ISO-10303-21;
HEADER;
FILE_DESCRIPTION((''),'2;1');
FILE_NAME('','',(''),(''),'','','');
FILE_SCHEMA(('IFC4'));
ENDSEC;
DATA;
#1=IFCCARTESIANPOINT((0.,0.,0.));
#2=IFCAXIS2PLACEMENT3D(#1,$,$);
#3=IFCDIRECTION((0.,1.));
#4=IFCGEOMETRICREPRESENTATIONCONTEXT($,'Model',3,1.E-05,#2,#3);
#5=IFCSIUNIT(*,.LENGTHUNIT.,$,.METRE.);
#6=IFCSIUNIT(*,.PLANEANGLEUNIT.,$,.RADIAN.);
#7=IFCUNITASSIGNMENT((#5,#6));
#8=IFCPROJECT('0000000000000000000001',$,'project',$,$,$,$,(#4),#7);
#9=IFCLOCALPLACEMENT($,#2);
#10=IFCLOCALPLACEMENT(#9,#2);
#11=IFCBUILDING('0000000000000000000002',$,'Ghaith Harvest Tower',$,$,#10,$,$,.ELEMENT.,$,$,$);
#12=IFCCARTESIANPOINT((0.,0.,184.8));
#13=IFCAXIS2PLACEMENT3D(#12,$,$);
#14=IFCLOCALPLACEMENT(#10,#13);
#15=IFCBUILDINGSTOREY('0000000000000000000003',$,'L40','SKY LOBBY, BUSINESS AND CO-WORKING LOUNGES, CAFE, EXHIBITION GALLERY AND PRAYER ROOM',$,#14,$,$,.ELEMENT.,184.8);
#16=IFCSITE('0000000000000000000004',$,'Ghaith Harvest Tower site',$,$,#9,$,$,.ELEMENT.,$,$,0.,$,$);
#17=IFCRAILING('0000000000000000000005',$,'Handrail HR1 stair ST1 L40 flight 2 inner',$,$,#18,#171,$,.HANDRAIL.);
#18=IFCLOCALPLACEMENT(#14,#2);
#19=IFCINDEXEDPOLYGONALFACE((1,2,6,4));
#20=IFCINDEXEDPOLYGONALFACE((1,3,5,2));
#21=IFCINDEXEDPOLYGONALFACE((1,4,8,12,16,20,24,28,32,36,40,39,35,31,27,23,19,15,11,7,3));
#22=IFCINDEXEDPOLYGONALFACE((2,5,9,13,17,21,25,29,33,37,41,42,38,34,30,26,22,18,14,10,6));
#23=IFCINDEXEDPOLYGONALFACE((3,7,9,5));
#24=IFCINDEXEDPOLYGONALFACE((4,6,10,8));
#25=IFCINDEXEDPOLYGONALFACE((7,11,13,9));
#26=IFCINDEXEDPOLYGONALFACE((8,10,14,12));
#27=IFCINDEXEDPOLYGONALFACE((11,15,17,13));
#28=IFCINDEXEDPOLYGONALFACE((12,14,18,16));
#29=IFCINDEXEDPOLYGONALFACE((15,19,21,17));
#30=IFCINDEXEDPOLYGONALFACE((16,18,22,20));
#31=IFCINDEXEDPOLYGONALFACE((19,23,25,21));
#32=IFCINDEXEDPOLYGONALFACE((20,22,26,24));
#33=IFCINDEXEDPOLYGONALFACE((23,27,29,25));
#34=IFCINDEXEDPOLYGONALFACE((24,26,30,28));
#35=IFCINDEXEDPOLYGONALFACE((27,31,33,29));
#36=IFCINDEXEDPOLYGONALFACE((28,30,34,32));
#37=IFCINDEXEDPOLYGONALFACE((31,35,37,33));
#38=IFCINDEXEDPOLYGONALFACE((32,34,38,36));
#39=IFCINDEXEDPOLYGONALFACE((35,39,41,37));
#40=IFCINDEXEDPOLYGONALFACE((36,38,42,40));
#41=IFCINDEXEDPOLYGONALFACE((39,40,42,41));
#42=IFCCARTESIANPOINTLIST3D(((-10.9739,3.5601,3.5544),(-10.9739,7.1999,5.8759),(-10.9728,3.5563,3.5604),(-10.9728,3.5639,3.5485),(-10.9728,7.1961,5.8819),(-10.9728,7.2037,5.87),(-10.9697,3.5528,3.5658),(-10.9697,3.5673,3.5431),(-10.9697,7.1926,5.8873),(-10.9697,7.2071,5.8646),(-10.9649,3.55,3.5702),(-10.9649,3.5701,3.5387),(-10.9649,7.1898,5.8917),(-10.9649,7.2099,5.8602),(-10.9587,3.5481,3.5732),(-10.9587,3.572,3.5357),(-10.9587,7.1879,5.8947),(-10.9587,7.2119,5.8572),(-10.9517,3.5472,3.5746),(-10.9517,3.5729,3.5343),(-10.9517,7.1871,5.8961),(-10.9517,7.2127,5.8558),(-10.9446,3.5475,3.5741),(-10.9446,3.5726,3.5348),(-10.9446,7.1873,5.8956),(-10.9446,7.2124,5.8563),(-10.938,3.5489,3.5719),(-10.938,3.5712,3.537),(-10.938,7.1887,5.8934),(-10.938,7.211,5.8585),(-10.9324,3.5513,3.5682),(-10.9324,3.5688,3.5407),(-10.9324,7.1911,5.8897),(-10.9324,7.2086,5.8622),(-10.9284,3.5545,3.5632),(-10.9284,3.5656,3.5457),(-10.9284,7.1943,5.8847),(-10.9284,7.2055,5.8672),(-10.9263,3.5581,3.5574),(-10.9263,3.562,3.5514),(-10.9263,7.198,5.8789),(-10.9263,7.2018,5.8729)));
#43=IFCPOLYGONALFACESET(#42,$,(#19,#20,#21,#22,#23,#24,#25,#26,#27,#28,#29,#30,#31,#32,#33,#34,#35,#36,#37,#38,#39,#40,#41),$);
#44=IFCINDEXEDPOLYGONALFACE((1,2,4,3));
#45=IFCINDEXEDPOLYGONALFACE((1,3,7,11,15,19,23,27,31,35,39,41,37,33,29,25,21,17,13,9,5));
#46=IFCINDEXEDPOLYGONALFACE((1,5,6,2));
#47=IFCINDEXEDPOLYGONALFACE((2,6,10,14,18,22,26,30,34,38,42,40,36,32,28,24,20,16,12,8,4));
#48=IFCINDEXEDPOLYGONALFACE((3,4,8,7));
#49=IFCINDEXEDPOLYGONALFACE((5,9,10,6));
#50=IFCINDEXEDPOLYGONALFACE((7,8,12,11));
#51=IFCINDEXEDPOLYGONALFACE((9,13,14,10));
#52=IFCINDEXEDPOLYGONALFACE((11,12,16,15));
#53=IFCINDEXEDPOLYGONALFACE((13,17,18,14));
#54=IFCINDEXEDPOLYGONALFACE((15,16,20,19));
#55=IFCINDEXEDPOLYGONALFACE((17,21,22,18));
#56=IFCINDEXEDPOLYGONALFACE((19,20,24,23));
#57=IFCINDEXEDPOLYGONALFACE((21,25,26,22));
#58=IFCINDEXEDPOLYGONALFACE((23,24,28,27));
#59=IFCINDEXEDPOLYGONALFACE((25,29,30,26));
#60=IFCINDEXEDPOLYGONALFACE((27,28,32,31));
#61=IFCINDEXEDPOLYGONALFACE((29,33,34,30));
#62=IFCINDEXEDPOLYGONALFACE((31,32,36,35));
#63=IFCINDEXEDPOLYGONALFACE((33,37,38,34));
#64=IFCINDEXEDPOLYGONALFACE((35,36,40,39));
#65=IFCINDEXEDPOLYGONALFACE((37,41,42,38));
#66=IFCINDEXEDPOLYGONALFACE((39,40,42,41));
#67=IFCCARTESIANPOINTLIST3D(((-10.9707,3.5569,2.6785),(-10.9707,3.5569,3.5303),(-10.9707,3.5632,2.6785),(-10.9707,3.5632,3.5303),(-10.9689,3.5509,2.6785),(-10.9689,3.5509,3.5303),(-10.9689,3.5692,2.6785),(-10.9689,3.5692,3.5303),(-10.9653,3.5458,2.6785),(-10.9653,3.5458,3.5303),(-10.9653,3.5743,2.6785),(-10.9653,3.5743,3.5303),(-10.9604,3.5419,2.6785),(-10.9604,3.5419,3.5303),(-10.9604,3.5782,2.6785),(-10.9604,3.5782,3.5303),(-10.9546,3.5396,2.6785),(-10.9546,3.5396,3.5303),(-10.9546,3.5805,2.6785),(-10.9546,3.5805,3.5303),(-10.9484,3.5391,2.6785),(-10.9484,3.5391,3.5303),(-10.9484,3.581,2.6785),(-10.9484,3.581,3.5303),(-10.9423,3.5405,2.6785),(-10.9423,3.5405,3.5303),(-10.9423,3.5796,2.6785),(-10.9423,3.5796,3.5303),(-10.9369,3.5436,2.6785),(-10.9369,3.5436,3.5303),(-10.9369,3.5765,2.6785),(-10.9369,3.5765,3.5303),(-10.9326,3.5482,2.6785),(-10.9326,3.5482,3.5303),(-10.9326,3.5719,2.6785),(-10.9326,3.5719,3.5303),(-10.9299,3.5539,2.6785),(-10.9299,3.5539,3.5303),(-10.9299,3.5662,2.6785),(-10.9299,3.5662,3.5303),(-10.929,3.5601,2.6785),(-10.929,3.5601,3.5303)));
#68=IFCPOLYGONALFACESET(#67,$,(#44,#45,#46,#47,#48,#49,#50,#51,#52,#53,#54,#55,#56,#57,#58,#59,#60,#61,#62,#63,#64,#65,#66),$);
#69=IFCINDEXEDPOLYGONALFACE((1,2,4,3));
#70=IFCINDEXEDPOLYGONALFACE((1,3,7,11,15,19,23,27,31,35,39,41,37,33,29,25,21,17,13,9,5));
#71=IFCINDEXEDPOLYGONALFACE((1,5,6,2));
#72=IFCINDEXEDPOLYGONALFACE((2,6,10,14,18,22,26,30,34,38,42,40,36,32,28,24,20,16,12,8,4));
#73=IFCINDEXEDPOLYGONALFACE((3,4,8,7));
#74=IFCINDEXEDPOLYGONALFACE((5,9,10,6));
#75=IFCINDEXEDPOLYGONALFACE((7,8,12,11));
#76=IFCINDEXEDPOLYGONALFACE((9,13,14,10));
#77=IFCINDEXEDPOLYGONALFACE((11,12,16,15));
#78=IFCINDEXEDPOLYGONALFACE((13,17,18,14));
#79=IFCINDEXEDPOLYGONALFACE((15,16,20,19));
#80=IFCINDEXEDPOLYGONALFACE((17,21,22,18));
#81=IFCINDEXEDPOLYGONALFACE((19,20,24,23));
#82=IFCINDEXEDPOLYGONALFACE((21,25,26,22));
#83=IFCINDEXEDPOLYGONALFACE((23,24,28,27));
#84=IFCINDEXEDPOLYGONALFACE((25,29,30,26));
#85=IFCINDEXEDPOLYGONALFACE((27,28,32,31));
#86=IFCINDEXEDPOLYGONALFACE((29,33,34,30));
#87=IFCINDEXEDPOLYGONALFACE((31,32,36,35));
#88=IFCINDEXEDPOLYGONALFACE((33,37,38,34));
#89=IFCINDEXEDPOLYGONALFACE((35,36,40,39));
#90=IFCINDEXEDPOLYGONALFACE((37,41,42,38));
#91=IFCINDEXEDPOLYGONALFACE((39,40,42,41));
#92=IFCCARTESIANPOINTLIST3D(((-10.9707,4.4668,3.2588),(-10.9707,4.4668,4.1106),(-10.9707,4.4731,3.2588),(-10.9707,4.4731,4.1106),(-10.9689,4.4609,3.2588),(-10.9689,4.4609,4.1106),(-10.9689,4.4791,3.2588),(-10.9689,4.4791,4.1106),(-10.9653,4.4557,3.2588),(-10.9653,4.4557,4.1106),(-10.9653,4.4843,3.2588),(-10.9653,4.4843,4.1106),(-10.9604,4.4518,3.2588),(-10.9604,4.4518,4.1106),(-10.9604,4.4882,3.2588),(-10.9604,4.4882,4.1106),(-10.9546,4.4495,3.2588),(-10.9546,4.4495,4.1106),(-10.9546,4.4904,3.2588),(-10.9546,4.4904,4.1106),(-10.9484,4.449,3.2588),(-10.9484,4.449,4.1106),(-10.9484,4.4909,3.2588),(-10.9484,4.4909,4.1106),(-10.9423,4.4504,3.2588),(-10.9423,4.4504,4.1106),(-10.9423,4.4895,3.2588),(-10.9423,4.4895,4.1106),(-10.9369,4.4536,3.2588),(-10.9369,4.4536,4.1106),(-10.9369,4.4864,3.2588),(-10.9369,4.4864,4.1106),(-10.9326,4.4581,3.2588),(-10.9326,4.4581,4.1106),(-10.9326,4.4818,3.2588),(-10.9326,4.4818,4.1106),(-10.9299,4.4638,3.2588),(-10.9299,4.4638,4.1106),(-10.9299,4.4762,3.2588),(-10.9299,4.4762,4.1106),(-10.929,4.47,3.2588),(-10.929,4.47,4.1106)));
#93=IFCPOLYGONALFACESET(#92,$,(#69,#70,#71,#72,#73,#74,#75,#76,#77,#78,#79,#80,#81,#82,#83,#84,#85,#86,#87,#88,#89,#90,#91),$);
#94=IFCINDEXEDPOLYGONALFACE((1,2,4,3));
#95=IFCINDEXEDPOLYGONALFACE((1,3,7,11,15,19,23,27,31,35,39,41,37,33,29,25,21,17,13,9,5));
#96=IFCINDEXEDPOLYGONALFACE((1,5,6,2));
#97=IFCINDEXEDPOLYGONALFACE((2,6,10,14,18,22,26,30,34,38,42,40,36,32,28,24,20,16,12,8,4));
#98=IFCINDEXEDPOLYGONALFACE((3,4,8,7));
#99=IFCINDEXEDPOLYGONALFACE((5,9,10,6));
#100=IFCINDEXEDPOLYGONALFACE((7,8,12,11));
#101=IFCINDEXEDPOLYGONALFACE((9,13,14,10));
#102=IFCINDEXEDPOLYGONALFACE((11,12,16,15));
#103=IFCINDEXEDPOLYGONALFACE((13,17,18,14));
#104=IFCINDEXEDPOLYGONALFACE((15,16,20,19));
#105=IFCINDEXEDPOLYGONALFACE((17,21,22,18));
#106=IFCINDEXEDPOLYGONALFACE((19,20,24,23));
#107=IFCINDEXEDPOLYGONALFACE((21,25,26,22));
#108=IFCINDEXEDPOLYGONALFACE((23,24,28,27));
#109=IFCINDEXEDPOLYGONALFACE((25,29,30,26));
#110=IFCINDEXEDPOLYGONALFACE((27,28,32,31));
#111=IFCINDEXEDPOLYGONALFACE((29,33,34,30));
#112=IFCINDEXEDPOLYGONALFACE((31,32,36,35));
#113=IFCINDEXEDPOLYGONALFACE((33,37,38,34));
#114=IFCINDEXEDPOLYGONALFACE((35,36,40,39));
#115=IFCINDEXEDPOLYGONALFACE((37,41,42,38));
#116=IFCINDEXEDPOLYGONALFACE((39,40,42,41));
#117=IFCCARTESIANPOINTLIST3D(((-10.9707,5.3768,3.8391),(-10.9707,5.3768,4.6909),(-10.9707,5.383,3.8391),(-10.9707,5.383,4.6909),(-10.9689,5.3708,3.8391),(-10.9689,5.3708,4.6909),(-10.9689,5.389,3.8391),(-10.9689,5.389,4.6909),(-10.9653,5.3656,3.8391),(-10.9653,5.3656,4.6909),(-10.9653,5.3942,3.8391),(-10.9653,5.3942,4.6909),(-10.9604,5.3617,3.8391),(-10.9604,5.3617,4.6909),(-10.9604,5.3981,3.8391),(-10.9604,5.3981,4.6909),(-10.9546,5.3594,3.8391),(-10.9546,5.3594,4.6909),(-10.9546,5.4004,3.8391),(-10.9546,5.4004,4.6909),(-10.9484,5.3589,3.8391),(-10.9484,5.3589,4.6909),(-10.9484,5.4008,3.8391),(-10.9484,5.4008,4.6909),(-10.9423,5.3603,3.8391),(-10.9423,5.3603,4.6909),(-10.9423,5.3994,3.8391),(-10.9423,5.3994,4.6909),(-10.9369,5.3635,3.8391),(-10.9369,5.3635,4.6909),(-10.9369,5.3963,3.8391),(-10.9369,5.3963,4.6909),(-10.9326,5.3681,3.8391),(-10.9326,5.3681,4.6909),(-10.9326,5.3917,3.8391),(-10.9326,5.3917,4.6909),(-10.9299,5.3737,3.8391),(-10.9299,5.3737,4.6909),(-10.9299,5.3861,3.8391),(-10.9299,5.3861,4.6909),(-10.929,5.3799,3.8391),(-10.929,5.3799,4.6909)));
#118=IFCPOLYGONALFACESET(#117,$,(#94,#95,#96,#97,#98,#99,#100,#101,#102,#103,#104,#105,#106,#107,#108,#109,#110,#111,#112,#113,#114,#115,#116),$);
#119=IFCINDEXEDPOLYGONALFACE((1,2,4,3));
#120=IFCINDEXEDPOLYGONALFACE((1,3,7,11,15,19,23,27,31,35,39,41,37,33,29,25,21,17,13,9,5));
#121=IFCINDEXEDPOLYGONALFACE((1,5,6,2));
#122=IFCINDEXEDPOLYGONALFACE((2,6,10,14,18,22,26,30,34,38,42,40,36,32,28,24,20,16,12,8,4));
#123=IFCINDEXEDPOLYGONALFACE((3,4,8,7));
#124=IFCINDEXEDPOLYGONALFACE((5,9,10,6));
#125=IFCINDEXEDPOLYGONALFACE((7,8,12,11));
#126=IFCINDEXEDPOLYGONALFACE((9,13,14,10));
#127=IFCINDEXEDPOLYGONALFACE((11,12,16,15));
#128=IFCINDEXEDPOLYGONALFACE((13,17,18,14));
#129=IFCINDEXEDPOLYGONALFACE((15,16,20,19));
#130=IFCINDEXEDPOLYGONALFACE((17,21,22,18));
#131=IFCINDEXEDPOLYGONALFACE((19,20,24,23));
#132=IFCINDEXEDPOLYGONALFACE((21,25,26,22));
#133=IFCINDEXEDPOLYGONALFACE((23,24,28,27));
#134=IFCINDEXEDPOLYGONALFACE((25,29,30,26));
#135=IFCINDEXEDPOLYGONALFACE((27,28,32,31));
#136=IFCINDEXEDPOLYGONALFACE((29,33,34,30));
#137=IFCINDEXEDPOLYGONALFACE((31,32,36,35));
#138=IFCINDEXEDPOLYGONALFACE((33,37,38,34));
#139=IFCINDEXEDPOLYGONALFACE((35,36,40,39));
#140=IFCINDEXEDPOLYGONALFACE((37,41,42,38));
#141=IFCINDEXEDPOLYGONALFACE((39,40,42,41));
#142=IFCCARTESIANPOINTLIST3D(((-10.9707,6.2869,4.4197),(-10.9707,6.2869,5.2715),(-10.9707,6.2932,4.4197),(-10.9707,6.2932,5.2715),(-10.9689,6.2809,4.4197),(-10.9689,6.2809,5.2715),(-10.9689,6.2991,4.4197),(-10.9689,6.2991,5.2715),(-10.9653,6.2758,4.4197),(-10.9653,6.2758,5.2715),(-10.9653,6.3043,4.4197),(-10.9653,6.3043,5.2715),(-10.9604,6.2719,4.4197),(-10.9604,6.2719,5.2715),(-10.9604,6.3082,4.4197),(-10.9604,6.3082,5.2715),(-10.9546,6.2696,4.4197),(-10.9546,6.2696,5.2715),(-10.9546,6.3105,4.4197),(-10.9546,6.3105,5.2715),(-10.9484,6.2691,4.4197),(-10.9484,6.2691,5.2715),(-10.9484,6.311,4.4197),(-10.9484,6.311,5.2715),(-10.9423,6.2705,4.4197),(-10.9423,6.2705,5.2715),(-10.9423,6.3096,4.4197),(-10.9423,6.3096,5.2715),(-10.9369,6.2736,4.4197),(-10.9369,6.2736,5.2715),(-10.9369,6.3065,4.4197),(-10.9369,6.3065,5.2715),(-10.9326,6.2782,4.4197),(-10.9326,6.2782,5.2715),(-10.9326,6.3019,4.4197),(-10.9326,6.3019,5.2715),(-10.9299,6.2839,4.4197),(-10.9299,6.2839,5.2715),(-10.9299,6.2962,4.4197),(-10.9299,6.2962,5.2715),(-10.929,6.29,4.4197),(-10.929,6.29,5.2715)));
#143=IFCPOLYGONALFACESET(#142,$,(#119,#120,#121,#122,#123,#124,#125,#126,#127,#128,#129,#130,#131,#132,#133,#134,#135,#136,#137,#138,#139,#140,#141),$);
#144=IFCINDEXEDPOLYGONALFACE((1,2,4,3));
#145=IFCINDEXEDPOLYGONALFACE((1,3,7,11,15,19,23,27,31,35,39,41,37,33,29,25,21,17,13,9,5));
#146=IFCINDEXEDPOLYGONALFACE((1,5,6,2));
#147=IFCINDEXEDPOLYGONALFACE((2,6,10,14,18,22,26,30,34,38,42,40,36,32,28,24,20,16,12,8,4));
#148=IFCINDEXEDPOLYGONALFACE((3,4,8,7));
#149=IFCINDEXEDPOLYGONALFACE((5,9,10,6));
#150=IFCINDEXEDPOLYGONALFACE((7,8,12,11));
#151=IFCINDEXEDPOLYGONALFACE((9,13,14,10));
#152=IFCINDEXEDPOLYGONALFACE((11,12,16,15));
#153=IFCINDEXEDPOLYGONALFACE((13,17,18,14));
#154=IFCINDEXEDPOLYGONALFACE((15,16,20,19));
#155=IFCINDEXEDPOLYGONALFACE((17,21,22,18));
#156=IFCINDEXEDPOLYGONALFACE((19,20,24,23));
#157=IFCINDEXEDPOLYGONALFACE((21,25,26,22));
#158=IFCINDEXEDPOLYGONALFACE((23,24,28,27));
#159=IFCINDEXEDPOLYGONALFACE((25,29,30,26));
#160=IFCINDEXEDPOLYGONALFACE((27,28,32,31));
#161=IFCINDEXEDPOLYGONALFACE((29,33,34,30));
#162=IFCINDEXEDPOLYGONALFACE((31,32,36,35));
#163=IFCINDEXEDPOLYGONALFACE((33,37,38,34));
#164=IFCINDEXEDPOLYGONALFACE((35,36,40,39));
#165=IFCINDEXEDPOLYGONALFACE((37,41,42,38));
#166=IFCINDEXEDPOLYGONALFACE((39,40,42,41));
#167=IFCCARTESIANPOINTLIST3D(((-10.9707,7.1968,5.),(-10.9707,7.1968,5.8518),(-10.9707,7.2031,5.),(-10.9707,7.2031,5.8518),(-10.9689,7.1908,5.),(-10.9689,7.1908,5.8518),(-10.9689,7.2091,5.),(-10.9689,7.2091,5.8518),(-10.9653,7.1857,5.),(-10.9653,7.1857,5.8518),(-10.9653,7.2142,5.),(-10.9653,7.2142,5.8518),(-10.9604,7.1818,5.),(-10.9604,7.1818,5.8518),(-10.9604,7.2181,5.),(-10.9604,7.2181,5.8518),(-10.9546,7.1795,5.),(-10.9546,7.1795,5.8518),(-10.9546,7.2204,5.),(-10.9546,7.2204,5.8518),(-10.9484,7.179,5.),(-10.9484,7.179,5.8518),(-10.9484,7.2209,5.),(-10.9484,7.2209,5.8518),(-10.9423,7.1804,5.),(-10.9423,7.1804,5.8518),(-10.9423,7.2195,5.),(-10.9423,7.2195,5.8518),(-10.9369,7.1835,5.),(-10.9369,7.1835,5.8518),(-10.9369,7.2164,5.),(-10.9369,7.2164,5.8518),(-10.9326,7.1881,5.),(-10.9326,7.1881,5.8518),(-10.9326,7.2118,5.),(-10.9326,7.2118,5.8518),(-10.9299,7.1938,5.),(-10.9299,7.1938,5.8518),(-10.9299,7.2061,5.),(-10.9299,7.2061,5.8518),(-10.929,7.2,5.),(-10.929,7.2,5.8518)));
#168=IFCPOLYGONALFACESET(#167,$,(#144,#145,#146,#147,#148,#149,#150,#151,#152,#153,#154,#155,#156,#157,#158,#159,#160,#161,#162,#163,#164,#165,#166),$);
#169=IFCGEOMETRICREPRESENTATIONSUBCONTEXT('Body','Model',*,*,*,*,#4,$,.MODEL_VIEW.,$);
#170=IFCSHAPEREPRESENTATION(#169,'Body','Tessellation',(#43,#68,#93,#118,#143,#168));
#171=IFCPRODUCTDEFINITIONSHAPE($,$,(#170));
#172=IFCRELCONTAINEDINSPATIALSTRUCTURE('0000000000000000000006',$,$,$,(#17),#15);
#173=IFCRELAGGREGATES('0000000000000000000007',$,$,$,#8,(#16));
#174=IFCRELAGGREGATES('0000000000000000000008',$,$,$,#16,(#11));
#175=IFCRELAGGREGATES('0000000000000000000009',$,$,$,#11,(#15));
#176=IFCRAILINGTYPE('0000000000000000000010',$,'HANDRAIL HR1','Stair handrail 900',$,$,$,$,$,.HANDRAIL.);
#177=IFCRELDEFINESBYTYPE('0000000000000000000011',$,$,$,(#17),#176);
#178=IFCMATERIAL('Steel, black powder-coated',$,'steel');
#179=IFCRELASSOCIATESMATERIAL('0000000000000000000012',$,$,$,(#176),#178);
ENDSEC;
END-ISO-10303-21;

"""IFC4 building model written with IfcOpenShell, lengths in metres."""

from ifc_helpers import new_model, si_unit, direction, frame, origin, origin_2d, place, context, subcontext, project, spatial, circle, extrude, material, type_object, element, save


model = new_model("IFC4")

# Units and contexts
model_context = context("Model", 3, precision=1e-05, world=origin(), true_north=direction((0.0, 1.0)))
body_context = subcontext(model_context, "Body", "Model", "MODEL_VIEW")
ifc_project = project(units=[si_unit("LENGTHUNIT", "METRE"), si_unit("PLANEANGLEUNIT", "RADIAN")], contexts=[model_context])

# Site, building, storey
site_placement = place(None, origin())
site = spatial("IfcSite", under=ifc_project, at=site_placement, Name="Ghaith Harvest Tower site", CompositionType="ELEMENT", RefElevation=0.0)
building_placement = place(site_placement, origin())
building = spatial("IfcBuilding", under=site, at=building_placement, Name="Ghaith Harvest Tower", CompositionType="ELEMENT")
storey_placement = place(building_placement, frame((0.0, 0.0, 184.8)))
storey = spatial("IfcBuildingStorey", under=building, at=storey_placement, Name="L40", Description="SKY LOBBY, BUSINESS AND CO-WORKING LOUNGES, CAFE, EXHIBITION GALLERY AND PRAYER ROOM", CompositionType="ELEMENT", Elevation=184.8)

# Railing
ifc_material_1 = material(Name="Steel, black powder-coated", Category="steel")
railing_type = type_object("IfcRailingType", Name="HANDRAIL HR1", Description="Stair handrail 900", PredefinedType="HANDRAIL", material=ifc_material_1)
railing_1_placement = place(storey_placement, frame((-10.95, 3.5601, 2.6785)))
element("IfcRailing", 1, at=railing_1_placement, inside=storey, type_object=railing_type, Name="Handrail HR1 stair ST1 L40 flight 2 inner", PredefinedType="HANDRAIL", context=body_context, shape_type="SweptSolid", body=[
    extrude(circle(Radius=0.0239, at=origin_2d()), frame((0.0, 0.0, 0.876), z_axis=(0.0, 0.843112, 0.537739), x_axis=(-1.0, 0.0, 0.0)), (0.0, 0.0, 1.0), 4.3171),
    extrude(circle(Radius=0.021, at=origin_2d()), origin(), (0.0, 0.0, 1.0), 0.8518),
    extrude(circle(Radius=0.021, at=origin_2d()), frame((0.0, 0.9099, 0.5803)), (0.0, 0.0, 1.0), 0.8518),
    extrude(circle(Radius=0.021, at=origin_2d()), frame((0.0, 1.8198, 1.1606)), (0.0, 0.0, 1.0), 0.8518),
    extrude(circle(Radius=0.021, at=origin_2d()), frame((0.0, 2.73, 1.7412)), (0.0, 0.0, 1.0), 0.8518),
    extrude(circle(Radius=0.021, at=origin_2d()), frame((0.0, 3.6399, 2.3215)), (0.0, 0.0, 1.0), 0.8518),
])

save(model, "model.ifc")
